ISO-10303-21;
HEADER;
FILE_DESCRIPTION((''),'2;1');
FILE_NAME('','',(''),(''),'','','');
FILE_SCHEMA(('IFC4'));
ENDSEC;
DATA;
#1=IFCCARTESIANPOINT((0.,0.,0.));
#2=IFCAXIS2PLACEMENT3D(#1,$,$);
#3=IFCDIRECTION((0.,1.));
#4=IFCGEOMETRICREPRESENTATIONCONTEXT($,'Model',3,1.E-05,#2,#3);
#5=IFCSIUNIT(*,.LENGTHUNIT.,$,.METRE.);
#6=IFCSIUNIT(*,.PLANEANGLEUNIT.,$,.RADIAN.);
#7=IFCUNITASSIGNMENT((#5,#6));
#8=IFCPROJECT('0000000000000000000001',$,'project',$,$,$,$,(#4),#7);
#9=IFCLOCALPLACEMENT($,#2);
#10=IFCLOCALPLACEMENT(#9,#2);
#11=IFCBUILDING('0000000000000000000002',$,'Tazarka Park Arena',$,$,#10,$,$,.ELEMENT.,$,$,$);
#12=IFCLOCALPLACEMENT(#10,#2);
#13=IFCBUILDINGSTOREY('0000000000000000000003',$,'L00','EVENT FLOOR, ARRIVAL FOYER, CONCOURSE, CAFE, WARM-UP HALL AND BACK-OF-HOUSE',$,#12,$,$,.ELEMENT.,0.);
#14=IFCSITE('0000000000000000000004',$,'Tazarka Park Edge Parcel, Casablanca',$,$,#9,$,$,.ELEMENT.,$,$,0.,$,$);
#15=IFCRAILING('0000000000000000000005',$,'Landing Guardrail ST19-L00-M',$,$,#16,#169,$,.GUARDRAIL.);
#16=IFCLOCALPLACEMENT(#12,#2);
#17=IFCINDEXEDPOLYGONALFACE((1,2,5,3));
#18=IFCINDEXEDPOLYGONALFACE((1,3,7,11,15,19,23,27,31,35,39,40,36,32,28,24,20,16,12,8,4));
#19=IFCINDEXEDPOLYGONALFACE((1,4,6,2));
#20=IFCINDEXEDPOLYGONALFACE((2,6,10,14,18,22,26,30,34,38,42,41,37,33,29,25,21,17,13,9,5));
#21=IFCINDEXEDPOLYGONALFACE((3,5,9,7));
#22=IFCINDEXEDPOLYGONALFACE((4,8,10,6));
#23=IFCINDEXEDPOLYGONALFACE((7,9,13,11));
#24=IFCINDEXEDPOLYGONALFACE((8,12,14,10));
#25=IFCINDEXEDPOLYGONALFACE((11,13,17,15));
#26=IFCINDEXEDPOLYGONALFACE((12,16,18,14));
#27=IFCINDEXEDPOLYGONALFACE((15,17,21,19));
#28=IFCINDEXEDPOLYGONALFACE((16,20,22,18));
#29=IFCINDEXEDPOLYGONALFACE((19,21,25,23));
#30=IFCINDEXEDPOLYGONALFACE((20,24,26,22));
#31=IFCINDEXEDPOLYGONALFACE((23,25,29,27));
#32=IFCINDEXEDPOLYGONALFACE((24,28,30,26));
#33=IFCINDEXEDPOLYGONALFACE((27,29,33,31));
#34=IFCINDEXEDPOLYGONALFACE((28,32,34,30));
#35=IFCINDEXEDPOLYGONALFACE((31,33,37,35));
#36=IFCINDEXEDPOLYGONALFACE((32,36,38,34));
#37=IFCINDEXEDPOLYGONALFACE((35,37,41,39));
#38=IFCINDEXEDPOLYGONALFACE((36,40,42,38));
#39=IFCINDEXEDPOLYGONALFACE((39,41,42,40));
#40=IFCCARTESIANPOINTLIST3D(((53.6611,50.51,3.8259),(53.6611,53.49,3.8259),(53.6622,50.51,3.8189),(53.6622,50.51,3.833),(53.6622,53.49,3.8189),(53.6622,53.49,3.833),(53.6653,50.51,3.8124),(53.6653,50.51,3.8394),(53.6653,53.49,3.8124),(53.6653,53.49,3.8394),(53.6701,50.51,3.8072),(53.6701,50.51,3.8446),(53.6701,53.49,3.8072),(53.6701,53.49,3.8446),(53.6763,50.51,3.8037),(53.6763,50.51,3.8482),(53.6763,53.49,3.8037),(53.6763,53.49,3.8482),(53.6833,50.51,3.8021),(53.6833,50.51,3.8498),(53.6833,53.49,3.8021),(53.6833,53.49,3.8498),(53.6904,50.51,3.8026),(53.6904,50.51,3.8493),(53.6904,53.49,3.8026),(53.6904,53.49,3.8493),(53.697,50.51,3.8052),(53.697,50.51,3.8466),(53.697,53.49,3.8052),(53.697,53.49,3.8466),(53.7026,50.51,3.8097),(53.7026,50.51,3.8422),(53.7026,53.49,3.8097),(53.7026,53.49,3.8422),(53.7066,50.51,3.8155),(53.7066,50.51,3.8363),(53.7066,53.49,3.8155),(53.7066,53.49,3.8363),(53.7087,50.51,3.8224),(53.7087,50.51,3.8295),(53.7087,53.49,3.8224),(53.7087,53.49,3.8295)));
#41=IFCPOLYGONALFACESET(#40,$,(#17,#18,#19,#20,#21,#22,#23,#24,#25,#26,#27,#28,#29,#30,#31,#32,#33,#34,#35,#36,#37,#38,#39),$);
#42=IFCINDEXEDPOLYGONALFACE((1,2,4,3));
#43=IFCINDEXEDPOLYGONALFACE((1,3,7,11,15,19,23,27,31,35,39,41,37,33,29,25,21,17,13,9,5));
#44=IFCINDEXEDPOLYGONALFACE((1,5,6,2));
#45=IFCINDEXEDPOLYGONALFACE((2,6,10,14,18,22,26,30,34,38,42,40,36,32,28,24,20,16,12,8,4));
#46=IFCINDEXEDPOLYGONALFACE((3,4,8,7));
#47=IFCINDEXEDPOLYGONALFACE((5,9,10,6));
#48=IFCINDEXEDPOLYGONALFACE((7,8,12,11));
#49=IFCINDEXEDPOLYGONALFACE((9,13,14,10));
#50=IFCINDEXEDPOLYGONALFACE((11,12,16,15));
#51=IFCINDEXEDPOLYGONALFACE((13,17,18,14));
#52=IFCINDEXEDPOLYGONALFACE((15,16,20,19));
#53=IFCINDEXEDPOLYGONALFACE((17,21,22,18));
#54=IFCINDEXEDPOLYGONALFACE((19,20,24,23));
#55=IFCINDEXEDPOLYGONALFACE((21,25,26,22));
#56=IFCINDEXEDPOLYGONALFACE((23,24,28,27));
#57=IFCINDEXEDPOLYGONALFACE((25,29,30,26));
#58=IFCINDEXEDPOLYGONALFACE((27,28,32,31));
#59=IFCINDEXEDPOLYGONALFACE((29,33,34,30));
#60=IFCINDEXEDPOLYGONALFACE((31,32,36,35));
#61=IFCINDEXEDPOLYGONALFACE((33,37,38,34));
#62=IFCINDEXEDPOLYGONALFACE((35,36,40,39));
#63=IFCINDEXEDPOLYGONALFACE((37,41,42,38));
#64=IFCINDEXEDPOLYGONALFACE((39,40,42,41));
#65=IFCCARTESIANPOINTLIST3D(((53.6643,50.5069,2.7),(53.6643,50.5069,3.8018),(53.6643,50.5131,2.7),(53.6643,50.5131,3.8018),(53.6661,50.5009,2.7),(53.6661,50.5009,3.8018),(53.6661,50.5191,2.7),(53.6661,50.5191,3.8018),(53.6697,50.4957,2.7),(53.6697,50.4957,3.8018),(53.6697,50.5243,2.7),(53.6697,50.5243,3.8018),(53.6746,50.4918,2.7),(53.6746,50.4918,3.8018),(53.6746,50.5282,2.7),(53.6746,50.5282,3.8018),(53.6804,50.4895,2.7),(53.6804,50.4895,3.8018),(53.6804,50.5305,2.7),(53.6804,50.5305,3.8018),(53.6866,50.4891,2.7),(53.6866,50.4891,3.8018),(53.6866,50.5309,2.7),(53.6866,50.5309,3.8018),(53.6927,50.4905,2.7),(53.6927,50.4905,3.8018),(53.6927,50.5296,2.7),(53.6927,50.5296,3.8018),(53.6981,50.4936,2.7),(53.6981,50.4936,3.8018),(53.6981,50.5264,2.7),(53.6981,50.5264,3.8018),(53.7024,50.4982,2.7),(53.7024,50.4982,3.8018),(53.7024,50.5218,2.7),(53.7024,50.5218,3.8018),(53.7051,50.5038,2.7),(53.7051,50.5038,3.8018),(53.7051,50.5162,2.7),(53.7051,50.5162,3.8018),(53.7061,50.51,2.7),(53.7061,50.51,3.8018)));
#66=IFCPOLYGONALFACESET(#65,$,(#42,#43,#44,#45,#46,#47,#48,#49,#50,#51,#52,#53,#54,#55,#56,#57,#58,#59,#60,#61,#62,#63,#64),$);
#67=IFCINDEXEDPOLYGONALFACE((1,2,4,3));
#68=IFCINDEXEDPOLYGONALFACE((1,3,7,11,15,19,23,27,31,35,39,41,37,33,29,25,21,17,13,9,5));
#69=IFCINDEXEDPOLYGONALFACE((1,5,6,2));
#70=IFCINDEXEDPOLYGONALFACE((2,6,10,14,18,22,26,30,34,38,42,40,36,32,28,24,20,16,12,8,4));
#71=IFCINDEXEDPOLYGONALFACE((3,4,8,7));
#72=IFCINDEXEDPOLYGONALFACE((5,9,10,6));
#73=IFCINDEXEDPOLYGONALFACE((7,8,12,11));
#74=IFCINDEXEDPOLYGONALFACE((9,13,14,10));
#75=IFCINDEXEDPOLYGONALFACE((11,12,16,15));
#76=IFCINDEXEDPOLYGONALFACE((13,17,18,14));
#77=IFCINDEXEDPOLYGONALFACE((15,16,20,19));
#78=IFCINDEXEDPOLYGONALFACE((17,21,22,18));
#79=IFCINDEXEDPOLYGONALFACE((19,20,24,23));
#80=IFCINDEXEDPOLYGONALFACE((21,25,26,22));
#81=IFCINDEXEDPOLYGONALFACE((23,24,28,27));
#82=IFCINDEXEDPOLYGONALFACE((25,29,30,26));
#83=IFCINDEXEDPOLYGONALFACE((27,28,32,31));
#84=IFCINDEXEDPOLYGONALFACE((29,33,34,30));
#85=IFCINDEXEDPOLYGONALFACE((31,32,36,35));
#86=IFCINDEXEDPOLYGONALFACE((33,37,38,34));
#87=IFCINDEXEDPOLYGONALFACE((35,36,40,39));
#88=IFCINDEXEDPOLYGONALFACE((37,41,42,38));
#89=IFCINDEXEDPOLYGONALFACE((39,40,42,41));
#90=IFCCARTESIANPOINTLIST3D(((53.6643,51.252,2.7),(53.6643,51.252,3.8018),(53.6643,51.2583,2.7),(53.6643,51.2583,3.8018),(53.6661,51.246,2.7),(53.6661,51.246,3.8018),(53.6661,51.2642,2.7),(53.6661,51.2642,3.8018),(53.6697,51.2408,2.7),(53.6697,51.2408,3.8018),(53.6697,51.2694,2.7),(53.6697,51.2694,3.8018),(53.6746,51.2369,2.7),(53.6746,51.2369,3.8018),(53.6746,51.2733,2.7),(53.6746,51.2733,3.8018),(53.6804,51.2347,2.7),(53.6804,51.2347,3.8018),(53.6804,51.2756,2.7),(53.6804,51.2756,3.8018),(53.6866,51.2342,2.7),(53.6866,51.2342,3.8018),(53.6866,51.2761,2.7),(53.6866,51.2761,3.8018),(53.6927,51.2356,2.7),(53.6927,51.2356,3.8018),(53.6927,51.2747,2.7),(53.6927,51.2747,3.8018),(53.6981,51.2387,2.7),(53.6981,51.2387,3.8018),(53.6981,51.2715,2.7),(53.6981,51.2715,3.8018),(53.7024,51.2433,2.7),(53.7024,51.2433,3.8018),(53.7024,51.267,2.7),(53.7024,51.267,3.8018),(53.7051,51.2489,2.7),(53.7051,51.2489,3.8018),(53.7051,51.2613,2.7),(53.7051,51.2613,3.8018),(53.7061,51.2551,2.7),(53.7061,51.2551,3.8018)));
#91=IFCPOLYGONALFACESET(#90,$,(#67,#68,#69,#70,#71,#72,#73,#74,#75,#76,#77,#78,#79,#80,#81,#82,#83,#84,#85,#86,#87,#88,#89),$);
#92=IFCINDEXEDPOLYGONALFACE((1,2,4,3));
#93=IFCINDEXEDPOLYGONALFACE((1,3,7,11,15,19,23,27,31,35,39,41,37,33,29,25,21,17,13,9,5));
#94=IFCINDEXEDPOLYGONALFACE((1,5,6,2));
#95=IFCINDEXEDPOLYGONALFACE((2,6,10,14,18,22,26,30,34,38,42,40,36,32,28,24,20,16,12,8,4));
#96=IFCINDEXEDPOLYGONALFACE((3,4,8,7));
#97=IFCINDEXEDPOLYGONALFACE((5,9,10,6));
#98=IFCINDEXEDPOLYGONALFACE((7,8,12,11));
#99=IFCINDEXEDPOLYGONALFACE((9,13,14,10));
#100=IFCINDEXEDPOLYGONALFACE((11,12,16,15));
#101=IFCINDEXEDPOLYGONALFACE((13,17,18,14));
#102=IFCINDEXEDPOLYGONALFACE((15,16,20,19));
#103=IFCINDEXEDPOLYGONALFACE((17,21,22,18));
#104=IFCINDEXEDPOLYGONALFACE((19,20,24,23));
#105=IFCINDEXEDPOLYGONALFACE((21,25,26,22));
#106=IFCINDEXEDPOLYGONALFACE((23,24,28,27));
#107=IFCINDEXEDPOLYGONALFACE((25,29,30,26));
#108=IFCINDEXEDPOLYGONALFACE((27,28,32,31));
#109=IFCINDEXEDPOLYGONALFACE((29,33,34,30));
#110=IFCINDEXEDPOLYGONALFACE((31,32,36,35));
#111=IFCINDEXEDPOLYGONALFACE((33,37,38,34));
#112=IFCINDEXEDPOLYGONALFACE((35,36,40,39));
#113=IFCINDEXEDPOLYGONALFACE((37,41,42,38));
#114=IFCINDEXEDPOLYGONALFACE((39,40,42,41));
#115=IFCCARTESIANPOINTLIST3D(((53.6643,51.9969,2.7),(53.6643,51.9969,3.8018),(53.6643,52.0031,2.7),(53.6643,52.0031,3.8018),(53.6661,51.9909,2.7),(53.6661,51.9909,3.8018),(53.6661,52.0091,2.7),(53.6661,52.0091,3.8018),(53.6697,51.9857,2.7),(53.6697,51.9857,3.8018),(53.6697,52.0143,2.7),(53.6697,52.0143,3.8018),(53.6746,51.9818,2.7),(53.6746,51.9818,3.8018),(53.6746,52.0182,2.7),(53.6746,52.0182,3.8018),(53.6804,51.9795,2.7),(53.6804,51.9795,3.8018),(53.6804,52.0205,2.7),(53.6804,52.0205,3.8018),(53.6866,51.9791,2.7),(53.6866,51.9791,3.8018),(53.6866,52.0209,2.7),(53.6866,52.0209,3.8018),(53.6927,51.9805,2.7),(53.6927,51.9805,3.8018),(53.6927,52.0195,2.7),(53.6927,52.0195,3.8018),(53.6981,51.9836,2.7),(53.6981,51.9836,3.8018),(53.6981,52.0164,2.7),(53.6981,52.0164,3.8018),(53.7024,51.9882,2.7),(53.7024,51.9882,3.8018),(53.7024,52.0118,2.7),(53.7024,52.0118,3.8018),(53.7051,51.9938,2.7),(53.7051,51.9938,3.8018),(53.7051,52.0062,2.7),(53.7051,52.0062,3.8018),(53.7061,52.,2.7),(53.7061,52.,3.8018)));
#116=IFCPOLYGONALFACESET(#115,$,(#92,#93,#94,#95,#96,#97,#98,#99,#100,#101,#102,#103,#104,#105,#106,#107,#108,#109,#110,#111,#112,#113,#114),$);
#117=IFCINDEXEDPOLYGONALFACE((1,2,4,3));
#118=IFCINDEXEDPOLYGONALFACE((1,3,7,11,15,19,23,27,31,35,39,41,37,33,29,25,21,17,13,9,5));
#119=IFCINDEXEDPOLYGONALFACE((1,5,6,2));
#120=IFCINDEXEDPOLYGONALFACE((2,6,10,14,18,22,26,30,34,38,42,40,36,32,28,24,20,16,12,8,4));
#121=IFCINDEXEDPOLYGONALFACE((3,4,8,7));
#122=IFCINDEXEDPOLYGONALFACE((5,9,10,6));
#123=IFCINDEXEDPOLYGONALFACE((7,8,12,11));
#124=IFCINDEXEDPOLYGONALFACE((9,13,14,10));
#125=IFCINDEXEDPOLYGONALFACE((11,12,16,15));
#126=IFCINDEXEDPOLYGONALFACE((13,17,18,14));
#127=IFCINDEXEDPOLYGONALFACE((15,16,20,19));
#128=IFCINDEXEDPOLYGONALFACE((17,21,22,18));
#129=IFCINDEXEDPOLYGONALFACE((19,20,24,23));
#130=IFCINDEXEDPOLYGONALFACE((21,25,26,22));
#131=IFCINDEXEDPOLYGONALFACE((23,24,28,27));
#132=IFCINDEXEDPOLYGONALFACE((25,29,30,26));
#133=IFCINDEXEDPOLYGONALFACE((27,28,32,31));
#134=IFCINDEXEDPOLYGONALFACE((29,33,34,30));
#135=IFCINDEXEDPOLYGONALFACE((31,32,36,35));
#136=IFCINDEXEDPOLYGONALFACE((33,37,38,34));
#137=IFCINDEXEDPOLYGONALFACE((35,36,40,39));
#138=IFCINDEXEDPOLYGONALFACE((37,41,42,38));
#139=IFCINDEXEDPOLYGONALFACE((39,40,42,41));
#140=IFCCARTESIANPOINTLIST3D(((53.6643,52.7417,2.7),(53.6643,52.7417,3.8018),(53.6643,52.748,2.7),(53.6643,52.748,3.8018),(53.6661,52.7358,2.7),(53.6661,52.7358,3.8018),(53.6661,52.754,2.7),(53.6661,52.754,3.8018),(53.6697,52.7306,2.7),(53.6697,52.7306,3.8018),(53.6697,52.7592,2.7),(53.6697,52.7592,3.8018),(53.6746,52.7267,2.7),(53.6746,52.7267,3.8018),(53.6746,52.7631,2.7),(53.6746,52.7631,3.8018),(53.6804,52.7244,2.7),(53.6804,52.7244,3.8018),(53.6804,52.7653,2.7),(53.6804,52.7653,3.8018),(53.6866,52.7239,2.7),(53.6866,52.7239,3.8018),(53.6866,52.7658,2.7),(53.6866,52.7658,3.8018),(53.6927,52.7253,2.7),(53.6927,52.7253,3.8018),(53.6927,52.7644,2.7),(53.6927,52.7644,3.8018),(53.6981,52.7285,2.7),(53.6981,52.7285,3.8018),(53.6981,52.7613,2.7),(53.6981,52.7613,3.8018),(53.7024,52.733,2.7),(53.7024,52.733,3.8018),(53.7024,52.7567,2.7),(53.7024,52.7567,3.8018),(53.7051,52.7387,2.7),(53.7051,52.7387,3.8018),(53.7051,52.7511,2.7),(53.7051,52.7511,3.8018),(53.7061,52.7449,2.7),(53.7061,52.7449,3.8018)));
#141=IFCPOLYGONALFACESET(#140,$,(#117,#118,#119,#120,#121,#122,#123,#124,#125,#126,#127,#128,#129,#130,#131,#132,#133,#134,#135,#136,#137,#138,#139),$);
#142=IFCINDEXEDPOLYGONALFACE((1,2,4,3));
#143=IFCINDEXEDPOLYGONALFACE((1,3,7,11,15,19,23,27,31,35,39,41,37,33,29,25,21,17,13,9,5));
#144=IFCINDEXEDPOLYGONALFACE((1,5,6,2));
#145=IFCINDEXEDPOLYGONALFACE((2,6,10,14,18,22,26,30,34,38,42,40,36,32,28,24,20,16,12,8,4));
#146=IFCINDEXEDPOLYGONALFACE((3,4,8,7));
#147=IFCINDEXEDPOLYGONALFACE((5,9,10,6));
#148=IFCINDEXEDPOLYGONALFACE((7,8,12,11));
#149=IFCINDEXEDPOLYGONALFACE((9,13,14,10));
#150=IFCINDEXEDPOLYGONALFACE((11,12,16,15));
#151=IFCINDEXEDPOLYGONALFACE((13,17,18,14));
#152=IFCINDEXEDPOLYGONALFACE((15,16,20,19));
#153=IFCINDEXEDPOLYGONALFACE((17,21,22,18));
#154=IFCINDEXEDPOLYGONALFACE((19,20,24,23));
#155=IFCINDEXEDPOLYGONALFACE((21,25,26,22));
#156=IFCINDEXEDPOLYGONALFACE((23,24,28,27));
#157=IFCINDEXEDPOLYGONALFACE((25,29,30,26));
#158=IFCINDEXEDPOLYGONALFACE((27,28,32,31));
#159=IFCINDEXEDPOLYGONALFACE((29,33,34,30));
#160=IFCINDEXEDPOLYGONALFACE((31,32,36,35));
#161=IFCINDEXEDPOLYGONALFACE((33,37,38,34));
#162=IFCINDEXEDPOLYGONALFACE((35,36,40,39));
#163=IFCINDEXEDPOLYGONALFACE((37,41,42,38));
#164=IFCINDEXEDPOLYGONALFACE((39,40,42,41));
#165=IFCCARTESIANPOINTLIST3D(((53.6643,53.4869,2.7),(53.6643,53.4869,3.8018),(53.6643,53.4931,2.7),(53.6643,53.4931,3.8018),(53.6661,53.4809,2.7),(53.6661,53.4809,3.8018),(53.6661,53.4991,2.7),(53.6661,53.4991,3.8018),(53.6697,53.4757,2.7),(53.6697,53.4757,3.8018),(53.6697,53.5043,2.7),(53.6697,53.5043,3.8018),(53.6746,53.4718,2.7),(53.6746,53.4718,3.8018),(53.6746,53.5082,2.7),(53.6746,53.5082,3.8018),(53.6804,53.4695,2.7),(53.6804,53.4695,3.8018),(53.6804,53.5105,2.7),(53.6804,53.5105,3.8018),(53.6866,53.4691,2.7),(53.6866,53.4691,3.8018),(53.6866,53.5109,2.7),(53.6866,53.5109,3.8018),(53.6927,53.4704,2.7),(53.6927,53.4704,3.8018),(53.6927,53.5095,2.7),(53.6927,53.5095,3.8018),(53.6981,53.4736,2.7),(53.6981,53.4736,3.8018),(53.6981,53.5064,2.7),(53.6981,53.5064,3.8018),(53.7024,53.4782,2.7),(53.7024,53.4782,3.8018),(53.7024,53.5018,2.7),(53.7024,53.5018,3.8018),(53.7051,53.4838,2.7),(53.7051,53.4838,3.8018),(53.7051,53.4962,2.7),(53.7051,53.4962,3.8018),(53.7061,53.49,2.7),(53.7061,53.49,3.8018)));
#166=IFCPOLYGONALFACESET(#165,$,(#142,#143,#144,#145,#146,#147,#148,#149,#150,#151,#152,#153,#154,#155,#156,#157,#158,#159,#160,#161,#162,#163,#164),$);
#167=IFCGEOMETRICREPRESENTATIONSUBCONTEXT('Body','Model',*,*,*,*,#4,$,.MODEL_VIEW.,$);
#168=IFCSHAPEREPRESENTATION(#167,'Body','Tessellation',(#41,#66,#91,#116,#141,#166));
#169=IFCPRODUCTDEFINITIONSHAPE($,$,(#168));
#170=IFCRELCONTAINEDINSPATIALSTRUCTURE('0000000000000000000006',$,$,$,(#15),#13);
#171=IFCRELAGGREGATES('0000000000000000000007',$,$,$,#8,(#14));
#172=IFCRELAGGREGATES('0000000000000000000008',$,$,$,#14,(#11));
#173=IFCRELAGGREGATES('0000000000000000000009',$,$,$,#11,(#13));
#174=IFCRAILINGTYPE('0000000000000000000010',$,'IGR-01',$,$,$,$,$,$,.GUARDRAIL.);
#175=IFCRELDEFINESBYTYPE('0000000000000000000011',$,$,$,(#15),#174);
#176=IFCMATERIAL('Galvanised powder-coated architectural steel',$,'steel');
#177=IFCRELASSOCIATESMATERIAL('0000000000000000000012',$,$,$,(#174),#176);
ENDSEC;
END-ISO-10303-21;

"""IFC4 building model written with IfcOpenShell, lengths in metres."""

from ifc_helpers import new_model, si_unit, direction, frame, origin, origin_2d, place, context, subcontext, project, spatial, circle, extrude, material, type_object, element, save


model = new_model("IFC4")

# Units and contexts
model_context = context("Model", 3, precision=1e-05, world=origin(), true_north=direction((0.0, 1.0)))
body_context = subcontext(model_context, "Body", "Model", "MODEL_VIEW")
ifc_project = project(units=[si_unit("LENGTHUNIT", "METRE"), si_unit("PLANEANGLEUNIT", "RADIAN")], contexts=[model_context])

# Site, building, storey
site_placement = place(None, origin())
site = spatial("IfcSite", under=ifc_project, at=site_placement, Name="Tazarka Park Edge Parcel, Casablanca", CompositionType="ELEMENT", RefElevation=0.0)
building_placement = place(site_placement, origin())
building = spatial("IfcBuilding", under=site, at=building_placement, Name="Tazarka Park Arena", CompositionType="ELEMENT")
storey_placement = place(building_placement, origin())
storey = spatial("IfcBuildingStorey", under=building, at=storey_placement, Name="L00", Description="EVENT FLOOR, ARRIVAL FOYER, CONCOURSE, CAFE, WARM-UP HALL AND BACK-OF-HOUSE", CompositionType="ELEMENT", Elevation=0.0)

# Railing
ifc_material_1 = material(Name="Galvanised powder-coated architectural steel", Category="steel")
railing_type_1 = type_object("IfcRailingType", Name="IGR-01", PredefinedType="GUARDRAIL", material=ifc_material_1)
for number, where, name in (
    (1, (53.6851, 50.51, 2.7), "Landing Guardrail ST19-L00-M"),
):
    element("IfcRailing", number, at=place(storey_placement, frame(where)), inside=storey, type_object=railing_type_1, Name=name, PredefinedType="GUARDRAIL", context=body_context, shape_type="SweptSolid", body=[
        extrude(circle(Radius=0.0239, at=origin_2d()), frame((0.0, 0.0, 1.126), z_axis=(0.0, 1.0, 0.0), x_axis=(-1.0, 0.0, 0.0)), (0.0, 0.0, 1.0), 2.98),
        extrude(circle(Radius=0.021, at=origin_2d()), origin(), (0.0, 0.0, 1.0), 1.1018),
        extrude(circle(Radius=0.021, at=origin_2d()), frame((0.0, 0.7451, 0.0)), (0.0, 0.0, 1.0), 1.1018),
        extrude(circle(Radius=0.021, at=origin_2d()), frame((0.0, 1.49, 0.0)), (0.0, 0.0, 1.0), 1.1018),
        extrude(circle(Radius=0.021, at=origin_2d()), frame((0.0, 2.2349, 0.0)), (0.0, 0.0, 1.0), 1.1018),
        extrude(circle(Radius=0.021, at=origin_2d()), frame((0.0, 2.98, 0.0)), (0.0, 0.0, 1.0), 1.1018),
    ])

save(model, "model.ifc")
